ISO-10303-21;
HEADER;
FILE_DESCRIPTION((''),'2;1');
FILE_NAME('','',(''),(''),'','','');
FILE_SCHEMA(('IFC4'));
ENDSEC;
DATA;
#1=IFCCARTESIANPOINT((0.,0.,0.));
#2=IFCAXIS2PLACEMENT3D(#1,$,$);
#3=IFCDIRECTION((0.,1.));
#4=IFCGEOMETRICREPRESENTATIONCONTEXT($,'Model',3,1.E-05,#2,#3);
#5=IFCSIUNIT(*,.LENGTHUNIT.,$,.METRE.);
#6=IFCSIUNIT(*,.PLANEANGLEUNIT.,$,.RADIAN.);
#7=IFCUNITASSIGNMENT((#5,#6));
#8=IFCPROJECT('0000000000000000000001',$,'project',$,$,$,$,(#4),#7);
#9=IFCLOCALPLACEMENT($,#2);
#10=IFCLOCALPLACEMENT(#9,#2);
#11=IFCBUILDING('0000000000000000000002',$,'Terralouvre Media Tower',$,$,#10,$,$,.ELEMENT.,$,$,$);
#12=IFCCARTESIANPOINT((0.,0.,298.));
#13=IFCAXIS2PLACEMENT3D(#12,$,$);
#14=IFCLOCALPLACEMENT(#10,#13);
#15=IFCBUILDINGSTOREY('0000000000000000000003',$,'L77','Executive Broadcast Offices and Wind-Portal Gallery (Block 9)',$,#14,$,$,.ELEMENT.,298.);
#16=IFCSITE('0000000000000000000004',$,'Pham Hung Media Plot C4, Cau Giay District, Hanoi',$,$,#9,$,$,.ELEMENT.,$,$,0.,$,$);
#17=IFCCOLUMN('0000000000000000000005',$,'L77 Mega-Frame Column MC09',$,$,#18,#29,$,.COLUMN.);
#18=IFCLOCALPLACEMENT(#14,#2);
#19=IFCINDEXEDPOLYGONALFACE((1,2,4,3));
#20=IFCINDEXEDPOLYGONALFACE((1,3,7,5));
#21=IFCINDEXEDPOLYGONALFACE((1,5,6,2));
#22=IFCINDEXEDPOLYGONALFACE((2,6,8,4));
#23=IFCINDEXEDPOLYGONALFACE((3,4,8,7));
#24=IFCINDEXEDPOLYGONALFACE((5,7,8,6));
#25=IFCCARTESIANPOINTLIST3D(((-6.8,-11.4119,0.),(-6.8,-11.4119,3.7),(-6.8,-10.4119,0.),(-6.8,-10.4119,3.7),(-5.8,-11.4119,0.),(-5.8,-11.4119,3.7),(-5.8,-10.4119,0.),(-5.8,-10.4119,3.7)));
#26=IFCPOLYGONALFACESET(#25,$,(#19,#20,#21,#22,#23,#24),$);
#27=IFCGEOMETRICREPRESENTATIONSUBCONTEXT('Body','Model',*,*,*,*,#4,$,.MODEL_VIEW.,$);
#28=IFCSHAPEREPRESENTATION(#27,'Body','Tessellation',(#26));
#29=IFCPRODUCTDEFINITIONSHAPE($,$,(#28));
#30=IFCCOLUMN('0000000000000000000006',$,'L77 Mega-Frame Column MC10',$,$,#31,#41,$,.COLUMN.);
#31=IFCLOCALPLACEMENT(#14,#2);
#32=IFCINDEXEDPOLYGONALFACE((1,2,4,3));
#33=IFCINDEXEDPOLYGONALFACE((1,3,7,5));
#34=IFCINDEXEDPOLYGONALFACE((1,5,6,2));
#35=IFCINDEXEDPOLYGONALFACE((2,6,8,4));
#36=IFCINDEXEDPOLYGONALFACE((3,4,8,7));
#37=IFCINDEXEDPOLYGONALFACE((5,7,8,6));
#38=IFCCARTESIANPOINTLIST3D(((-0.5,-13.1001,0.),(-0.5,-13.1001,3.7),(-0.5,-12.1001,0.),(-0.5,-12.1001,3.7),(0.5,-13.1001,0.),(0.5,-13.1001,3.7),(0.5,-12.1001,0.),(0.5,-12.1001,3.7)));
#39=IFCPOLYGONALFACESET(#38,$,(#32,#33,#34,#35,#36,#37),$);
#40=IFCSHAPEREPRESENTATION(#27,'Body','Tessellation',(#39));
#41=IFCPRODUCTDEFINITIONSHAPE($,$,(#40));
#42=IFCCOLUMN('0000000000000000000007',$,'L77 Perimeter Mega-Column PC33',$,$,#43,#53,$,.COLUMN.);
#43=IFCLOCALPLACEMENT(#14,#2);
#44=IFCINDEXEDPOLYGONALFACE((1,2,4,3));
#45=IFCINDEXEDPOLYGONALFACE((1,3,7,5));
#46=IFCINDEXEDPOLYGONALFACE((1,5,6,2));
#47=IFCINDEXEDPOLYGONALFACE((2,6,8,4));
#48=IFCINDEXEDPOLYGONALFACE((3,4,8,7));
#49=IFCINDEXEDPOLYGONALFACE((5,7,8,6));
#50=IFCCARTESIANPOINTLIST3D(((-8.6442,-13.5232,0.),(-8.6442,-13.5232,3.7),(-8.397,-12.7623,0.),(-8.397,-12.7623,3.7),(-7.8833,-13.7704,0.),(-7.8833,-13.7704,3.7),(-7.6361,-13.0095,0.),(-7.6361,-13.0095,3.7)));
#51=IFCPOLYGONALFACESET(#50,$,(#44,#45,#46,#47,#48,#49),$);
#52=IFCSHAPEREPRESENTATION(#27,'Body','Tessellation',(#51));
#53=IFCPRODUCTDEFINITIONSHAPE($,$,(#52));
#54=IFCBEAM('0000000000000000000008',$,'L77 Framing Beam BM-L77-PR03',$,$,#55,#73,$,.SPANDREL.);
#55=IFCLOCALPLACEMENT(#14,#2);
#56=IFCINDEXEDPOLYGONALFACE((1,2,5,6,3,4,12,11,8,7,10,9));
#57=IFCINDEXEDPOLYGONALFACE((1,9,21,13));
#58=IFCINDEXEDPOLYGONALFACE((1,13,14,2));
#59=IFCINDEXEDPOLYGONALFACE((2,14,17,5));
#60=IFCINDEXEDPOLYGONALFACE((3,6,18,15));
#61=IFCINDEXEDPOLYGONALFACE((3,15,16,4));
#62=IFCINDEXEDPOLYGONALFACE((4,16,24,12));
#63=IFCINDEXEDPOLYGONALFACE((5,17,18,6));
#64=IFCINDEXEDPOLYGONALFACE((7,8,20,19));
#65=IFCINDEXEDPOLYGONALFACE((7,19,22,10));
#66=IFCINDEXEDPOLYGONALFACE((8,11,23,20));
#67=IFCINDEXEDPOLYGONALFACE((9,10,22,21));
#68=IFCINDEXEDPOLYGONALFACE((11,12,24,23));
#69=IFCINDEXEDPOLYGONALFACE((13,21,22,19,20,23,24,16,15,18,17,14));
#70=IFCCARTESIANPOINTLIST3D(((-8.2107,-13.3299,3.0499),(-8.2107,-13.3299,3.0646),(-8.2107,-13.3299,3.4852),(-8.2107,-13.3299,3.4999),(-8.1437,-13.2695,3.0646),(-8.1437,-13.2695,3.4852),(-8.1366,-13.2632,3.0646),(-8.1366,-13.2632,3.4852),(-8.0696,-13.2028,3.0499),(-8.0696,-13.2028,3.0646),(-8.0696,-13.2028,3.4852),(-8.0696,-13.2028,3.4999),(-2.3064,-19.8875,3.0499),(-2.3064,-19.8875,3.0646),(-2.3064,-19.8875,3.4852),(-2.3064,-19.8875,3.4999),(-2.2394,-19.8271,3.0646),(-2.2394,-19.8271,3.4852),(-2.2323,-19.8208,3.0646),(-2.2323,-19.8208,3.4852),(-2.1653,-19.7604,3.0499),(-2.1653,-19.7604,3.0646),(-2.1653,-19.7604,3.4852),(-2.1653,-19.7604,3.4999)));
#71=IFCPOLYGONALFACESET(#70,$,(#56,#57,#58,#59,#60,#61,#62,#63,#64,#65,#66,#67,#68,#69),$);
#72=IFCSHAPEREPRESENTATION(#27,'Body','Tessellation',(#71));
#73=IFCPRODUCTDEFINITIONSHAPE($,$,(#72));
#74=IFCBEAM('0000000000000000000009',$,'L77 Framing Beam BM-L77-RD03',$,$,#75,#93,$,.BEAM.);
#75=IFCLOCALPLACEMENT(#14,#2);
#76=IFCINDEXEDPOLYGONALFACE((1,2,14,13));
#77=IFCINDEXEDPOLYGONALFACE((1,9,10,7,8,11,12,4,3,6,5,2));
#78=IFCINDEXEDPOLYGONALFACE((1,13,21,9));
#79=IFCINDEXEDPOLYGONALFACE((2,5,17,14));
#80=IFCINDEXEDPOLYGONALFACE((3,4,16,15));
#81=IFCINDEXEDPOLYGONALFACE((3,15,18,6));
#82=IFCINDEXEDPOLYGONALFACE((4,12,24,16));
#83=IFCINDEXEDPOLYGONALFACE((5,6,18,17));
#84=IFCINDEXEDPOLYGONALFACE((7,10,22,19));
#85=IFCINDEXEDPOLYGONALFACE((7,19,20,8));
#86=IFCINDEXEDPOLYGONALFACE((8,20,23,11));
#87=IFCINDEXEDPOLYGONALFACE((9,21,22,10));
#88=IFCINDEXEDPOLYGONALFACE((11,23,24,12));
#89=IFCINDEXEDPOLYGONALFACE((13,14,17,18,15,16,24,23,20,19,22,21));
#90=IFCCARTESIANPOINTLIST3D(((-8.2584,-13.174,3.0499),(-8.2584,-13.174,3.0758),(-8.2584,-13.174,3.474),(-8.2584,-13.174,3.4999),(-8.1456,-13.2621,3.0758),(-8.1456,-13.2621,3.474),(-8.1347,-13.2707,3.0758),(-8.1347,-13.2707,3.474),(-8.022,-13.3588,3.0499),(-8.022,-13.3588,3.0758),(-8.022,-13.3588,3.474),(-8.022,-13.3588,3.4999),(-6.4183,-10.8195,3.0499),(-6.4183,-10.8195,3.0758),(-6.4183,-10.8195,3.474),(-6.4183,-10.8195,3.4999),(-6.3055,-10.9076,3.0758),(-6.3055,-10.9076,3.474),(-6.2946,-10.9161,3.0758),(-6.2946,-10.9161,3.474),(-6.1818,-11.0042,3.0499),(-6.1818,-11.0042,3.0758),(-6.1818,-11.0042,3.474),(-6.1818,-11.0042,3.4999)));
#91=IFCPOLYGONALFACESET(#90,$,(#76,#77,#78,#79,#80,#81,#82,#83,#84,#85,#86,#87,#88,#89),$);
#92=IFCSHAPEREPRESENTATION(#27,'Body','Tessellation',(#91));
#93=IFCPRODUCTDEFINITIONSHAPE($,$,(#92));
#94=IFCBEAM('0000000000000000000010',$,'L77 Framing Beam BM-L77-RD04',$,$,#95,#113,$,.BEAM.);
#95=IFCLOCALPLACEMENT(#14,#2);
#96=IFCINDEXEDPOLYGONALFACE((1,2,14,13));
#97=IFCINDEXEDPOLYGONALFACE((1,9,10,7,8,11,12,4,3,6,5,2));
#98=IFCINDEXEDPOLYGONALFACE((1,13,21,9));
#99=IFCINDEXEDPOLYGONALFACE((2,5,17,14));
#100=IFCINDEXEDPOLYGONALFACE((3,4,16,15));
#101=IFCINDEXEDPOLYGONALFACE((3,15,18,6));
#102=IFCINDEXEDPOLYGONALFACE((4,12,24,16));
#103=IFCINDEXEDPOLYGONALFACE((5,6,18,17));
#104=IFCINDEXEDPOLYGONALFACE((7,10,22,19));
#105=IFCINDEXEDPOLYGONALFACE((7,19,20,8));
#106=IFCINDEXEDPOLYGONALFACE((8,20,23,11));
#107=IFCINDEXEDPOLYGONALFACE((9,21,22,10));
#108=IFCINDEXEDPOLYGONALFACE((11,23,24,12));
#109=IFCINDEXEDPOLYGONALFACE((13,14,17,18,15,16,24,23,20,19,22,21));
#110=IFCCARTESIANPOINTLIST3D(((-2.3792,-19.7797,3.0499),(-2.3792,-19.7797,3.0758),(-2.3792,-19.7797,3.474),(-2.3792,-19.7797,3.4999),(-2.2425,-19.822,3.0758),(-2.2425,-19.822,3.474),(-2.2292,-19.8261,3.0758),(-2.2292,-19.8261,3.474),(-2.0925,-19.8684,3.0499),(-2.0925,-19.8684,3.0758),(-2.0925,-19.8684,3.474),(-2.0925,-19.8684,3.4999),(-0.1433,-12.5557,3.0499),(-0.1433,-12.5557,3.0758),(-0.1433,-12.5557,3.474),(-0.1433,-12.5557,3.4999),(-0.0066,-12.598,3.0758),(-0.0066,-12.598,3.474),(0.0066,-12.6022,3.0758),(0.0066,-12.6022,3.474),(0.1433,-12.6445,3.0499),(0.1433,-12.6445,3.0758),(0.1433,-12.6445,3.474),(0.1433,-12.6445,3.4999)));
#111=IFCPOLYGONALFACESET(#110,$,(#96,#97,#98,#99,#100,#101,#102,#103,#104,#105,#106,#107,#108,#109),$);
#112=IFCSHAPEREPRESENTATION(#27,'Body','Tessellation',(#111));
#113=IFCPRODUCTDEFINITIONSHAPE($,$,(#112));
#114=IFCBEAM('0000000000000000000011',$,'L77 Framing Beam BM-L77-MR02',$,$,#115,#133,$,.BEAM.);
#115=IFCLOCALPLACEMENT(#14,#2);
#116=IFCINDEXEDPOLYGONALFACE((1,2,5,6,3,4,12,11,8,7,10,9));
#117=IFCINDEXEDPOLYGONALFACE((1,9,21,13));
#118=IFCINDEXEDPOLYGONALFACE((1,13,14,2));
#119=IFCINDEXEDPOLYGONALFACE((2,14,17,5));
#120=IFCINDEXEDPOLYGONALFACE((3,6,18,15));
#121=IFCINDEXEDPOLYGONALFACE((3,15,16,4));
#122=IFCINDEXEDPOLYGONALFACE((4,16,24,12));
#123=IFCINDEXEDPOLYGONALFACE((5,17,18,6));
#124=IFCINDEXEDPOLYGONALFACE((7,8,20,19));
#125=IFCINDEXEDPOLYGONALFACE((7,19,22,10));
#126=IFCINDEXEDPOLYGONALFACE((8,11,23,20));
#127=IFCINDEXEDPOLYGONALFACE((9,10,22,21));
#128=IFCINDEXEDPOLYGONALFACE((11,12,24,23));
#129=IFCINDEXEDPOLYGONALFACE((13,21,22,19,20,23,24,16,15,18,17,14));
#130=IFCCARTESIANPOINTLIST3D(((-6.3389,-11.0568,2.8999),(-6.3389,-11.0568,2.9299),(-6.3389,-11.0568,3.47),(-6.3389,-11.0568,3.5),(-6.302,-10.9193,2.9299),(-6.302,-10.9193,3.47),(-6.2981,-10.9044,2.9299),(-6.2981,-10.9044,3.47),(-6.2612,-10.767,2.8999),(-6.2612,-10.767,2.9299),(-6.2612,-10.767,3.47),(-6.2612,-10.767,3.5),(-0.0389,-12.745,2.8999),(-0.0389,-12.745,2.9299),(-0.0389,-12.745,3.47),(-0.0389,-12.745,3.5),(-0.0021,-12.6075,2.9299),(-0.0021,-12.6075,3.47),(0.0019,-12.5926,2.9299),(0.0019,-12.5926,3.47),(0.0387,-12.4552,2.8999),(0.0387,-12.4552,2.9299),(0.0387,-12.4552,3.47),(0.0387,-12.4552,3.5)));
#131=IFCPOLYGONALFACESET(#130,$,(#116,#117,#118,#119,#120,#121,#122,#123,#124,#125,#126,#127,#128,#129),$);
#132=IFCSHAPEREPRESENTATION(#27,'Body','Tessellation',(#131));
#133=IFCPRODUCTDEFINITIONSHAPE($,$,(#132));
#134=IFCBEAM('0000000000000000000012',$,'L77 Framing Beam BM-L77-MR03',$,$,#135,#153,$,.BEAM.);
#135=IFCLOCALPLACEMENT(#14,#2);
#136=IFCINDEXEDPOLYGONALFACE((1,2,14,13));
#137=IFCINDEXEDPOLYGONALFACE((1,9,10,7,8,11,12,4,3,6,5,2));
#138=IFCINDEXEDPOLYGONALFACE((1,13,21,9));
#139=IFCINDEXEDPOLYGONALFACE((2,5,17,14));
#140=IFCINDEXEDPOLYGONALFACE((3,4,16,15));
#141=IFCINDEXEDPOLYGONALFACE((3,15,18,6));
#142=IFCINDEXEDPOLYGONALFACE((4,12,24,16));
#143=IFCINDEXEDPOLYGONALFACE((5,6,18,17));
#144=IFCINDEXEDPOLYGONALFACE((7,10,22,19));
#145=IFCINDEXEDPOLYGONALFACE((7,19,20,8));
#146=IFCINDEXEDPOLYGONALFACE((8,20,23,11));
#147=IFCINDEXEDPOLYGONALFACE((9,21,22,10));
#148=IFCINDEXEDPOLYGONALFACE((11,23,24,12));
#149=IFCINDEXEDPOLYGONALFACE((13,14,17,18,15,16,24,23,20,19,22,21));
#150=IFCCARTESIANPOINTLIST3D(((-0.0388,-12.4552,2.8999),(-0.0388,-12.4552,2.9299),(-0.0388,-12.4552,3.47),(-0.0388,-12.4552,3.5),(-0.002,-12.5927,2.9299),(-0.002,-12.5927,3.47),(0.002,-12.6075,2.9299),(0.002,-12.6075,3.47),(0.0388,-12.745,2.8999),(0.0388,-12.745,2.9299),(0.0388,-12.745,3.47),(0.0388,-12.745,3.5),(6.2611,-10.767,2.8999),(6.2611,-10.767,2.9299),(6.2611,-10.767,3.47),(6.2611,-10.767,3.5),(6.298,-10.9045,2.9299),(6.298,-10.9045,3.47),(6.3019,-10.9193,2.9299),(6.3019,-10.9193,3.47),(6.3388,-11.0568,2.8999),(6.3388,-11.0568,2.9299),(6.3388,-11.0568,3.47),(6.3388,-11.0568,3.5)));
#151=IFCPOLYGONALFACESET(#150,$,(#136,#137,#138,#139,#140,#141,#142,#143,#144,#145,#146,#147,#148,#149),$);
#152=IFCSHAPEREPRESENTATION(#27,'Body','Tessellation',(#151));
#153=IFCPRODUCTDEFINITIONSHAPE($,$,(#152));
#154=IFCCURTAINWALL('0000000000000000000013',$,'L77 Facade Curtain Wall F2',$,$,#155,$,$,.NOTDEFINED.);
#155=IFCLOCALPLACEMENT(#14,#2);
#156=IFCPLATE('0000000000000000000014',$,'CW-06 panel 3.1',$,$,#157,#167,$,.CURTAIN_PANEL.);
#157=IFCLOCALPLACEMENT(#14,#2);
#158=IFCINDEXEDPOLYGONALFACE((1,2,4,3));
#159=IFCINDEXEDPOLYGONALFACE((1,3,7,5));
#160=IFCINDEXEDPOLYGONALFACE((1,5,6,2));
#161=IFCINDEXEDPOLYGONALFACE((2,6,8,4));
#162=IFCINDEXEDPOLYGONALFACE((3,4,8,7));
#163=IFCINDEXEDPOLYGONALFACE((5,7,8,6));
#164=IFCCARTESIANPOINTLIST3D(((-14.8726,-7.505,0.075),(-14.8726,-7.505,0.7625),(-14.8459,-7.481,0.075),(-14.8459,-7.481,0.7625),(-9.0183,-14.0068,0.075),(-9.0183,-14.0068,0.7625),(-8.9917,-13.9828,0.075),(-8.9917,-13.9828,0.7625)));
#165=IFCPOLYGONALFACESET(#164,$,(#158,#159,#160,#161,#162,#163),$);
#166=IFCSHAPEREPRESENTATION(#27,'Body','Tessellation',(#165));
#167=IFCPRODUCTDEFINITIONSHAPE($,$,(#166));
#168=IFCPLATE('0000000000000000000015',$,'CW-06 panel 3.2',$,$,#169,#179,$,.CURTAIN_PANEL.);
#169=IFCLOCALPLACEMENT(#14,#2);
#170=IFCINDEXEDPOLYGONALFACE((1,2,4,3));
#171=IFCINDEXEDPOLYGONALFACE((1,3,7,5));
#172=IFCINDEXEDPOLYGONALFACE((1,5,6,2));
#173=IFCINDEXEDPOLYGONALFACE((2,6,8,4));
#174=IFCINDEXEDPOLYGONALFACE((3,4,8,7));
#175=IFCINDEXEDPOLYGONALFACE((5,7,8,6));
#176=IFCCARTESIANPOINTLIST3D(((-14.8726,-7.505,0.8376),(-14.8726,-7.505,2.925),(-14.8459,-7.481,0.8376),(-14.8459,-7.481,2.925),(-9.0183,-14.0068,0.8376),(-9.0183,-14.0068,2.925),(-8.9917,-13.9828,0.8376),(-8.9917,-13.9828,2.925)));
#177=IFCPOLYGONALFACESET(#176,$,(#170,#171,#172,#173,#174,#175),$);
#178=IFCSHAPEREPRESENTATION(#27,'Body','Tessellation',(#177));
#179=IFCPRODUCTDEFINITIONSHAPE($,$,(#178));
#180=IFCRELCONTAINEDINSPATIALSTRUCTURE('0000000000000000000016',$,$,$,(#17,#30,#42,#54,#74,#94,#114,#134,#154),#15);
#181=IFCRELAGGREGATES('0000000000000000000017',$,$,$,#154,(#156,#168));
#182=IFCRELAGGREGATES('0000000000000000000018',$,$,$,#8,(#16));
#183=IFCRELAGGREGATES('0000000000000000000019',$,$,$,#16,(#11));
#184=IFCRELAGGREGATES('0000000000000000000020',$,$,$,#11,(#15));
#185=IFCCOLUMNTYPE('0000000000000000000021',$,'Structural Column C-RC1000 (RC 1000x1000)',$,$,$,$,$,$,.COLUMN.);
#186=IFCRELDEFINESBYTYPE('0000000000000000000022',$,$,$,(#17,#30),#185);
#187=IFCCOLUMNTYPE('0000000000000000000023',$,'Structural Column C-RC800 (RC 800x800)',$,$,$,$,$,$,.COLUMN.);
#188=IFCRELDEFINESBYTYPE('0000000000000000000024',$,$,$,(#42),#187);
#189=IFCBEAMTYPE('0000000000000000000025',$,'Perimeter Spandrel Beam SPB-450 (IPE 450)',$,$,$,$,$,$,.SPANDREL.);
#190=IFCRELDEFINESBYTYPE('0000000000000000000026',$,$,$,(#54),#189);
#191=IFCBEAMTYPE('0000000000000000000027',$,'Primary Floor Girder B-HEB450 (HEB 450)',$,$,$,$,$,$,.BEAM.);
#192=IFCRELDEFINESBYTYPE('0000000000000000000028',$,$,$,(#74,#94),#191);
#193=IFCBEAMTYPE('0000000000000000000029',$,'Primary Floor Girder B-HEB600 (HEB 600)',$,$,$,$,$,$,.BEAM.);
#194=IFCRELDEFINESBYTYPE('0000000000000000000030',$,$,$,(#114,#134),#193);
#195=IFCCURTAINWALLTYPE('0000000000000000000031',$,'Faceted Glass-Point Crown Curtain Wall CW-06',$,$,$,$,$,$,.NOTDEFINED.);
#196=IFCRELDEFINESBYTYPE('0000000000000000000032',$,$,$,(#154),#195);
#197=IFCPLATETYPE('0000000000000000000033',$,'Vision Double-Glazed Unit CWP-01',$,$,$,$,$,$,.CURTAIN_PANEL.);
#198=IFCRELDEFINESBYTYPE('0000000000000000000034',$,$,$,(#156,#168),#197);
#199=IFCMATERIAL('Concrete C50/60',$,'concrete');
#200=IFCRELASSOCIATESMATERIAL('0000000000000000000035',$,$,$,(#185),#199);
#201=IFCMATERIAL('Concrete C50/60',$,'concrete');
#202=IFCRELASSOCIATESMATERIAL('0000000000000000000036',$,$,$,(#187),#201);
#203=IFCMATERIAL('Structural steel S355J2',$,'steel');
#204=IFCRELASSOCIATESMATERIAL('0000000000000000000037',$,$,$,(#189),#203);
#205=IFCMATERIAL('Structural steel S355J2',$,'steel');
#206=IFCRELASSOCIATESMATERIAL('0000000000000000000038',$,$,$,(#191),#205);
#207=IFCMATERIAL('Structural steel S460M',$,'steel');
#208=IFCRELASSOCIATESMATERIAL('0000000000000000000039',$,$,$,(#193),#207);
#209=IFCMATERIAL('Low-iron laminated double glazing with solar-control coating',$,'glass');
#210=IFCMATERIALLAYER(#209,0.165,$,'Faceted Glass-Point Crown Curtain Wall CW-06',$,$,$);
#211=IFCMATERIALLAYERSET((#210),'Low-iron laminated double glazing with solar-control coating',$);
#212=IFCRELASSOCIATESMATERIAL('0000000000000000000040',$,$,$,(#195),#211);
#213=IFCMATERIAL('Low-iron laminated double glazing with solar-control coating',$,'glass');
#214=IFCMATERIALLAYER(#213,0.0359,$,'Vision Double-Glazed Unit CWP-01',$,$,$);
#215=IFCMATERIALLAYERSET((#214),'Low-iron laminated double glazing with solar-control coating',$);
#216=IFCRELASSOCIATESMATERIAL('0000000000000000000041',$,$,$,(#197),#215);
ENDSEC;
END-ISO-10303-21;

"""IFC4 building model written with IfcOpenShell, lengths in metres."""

from ifc_helpers import new_model, si_unit, direction, frame, origin, origin_2d, place, context, subcontext, project, spatial, rectangle, i_section, extrude, material, layer, layer_set, material_profile, profile_set, type_object, element, aggregate, save


model = new_model("IFC4")

# Units and contexts
model_context = context("Model", 3, precision=1e-05, world=origin(), true_north=direction((0.0, 1.0)))
body_context = subcontext(model_context, "Body", "Model", "MODEL_VIEW")
ifc_project = project(units=[si_unit("LENGTHUNIT", "METRE"), si_unit("PLANEANGLEUNIT", "RADIAN")], contexts=[model_context])

# Site, building, storey
site_placement = place(None, origin())
site = spatial("IfcSite", under=ifc_project, at=site_placement, Name="Pham Hung Media Plot C4, Cau Giay District, Hanoi", CompositionType="ELEMENT", RefElevation=0.0)
building_placement = place(site_placement, origin())
building = spatial("IfcBuilding", under=site, at=building_placement, Name="Terralouvre Media Tower", CompositionType="ELEMENT")
storey_placement = place(building_placement, frame((0.0, 0.0, 298.0)))
storey = spatial("IfcBuildingStorey", under=building, at=storey_placement, Name="L77", Description="Executive Broadcast Offices and Wind-Portal Gallery (Block 9)", CompositionType="ELEMENT", Elevation=298.0)

# Columns
ifc_material_1 = material(Name="Concrete C50/60", Category="concrete")
ifc_material_profile_1 = material_profile(ifc_material_1, rectangle(XDim=1.0, YDim=1.0, at=origin_2d()), Name="RC 1000x1000")
ifc_profile_set_1 = profile_set([ifc_material_profile_1], Name="Concrete C50/60")
column_type_1 = type_object("IfcColumnType", Name="Structural Column C-RC1000 (RC 1000x1000)", PredefinedType="COLUMN", material=ifc_profile_set_1)
for number, where, z_axis, x_axis, name in (
    (1, (-6.3, -10.9119, 0.0), (0.0, 0.0, 1.0), (1.0, 0.0, 0.0), "L77 Mega-Frame Column MC09"),
    (2, (0.0, -12.6001, 0.0), (0.0, 0.0, 1.0), (1.0, 0.0, 0.0), "L77 Mega-Frame Column MC10"),
):
    element("IfcColumn", number, at=place(storey_placement, frame(where, z_axis=z_axis, x_axis=x_axis)), inside=storey, type_object=column_type_1, Name=name, PredefinedType="COLUMN", context=body_context, shape_type="SweptSolid", body=[
        extrude(rectangle(XDim=1.0, YDim=1.0, at=origin_2d()), origin(), (0.0, 0.0, 1.0), 3.7),
    ])
ifc_material_2 = material(Name="Concrete C50/60", Category="concrete")
ifc_material_profile_2 = material_profile(ifc_material_2, rectangle(XDim=0.8, YDim=0.8, at=origin_2d()), Name="RC 800x800")
ifc_profile_set_2 = profile_set([ifc_material_profile_2], Name="Concrete C50/60")
column_type_2 = type_object("IfcColumnType", Name="Structural Column C-RC800 (RC 800x800)", PredefinedType="COLUMN", material=ifc_profile_set_2)
column_placement = place(storey_placement, frame((-8.1401, -13.2664, 0.0), z_axis=(0.0, 0.0, 1.0), x_axis=(0.309017, 0.951057, 0.0)))
element("IfcColumn", 3, at=column_placement, inside=storey, type_object=column_type_2, Name="L77 Perimeter Mega-Column PC33", PredefinedType="COLUMN", context=body_context, shape_type="SweptSolid", body=[
    extrude(rectangle(XDim=0.8, YDim=0.8, at=origin_2d()), origin(), (0.0, 0.0, 1.0), 3.7),
])

# Beams
ifc_material_3 = material(Name="Structural steel S355J2", Category="steel")
ifc_material_profile_3 = material_profile(ifc_material_3, i_section(OverallWidth=0.1899, OverallDepth=0.45, WebThickness=0.0095, FlangeThickness=0.0146, at=origin_2d()), Name="IPE 450")
ifc_profile_set_3 = profile_set([ifc_material_profile_3], Name="Structural steel S355J2")
beam_type_1 = type_object("IfcBeamType", Name="Perimeter Spandrel Beam SPB-450 (IPE 450)", PredefinedType="SPANDREL", material=ifc_profile_set_3)
beam_1_placement = place(storey_placement, frame((-8.1401, -13.2664, 3.2749), z_axis=(0.669118, -0.743157, 0.0), x_axis=(0.743157, 0.669118, 0.0)))
element("IfcBeam", 4, at=beam_1_placement, inside=storey, type_object=beam_type_1, Name="L77 Framing Beam BM-L77-PR03", PredefinedType="SPANDREL", context=body_context, shape_type="SweptSolid", body=[
    extrude(i_section(OverallWidth=0.1899, OverallDepth=0.45, WebThickness=0.0095, FlangeThickness=0.0146, at=origin_2d()), origin(), (0.0, 0.0, 1.0), 8.824),
])
ifc_material_4 = material(Name="Structural steel S355J2", Category="steel")
ifc_material_profile_4 = material_profile(ifc_material_4, i_section(OverallWidth=0.3, OverallDepth=0.45, WebThickness=0.0139, FlangeThickness=0.0259, at=origin_2d()), Name="HEB 450")
ifc_profile_set_4 = profile_set([ifc_material_profile_4], Name="Structural steel S355J2")
beam_type_2 = type_object("IfcBeamType", Name="Primary Floor Girder B-HEB450 (HEB 450)", PredefinedType="BEAM", material=ifc_profile_set_4)
beam_2_placement = place(storey_placement, frame((-6.3, -10.9119, 3.2749), z_axis=(-0.615777, -0.78792, 0.0), x_axis=(0.78792, -0.615777, 0.0)))
element("IfcBeam", 5, at=beam_2_placement, inside=storey, type_object=beam_type_2, Name="L77 Framing Beam BM-L77-RD03", PredefinedType="BEAM", context=body_context, shape_type="SweptSolid", body=[
    extrude(i_section(OverallWidth=0.3, OverallDepth=0.45, WebThickness=0.0139, FlangeThickness=0.0259, at=origin_2d()), origin(), (0.0, 0.0, 1.0), 2.9883),
])
beam_3_placement = place(storey_placement, frame((0.0, -12.6001, 3.2749), z_axis=(-0.295669, -0.95529, 0.0), x_axis=(0.95529, -0.295669, 0.0)))
element("IfcBeam", 6, at=beam_3_placement, inside=storey, type_object=beam_type_2, Name="L77 Framing Beam BM-L77-RD04", PredefinedType="BEAM", context=body_context, shape_type="SweptSolid", body=[
    extrude(i_section(OverallWidth=0.3, OverallDepth=0.45, WebThickness=0.0139, FlangeThickness=0.0259, at=origin_2d()), origin(), (0.0, 0.0, 1.0), 7.562),
])
ifc_material_5 = material(Name="Structural steel S460M", Category="steel")
ifc_material_profile_5 = material_profile(ifc_material_5, i_section(OverallWidth=0.3, OverallDepth=0.6001, WebThickness=0.0154, FlangeThickness=0.03, at=origin_2d()), Name="HEB 600")
ifc_profile_set_5 = profile_set([ifc_material_profile_5], Name="Structural steel S460M")
beam_type_3 = type_object("IfcBeamType", Name="Primary Floor Girder B-HEB600 (HEB 600)", PredefinedType="BEAM", material=ifc_profile_set_5)
for number, where, z_axis, x_axis, name in (
    (7, (-6.3, -10.9119, 3.2), (0.96592, -0.258839, 0.0), (0.258839, 0.96592, 0.0), "L77 Framing Beam BM-L77-MR02"),
    (8, (0.0, -12.6001, 3.2), (0.96592, 0.258839, 0.0), (-0.258839, 0.96592, 0.0), "L77 Framing Beam BM-L77-MR03"),
):
    element("IfcBeam", number, at=place(storey_placement, frame(where, z_axis=z_axis, x_axis=x_axis)), inside=storey, type_object=beam_type_3, Name=name, PredefinedType="BEAM", context=body_context, shape_type="SweptSolid", body=[
        extrude(i_section(OverallWidth=0.3, OverallDepth=0.6001, WebThickness=0.0154, FlangeThickness=0.03, at=origin_2d()), origin(), (0.0, 0.0, 1.0), 6.5222),
    ])

# Curtain wall, plates
ifc_material_6 = material(Name="Low-iron laminated double glazing with solar-control coating", Category="glass")
ifc_layer_1 = layer(ifc_material_6, 0.165, Name="Faceted Glass-Point Crown Curtain Wall CW-06")
ifc_layer_set_1 = layer_set([ifc_layer_1], Name="Low-iron laminated double glazing with solar-control coating")
curtain_wall_type = type_object("IfcCurtainWallType", Name="Faceted Glass-Point Crown Curtain Wall CW-06", PredefinedType="NOTDEFINED", material=ifc_layer_set_1)
curtain_wall_placement = place(storey_placement, origin())
curtain_wall = element("IfcCurtainWall", 9, at=curtain_wall_placement, inside=storey, type_object=curtain_wall_type, Name="L77 Facade Curtain Wall F2", PredefinedType="NOTDEFINED")
ifc_material_7 = material(Name="Low-iron laminated double glazing with solar-control coating", Category="glass")
ifc_layer_2 = layer(ifc_material_7, 0.0359, Name="Vision Double-Glazed Unit CWP-01")
ifc_layer_set_2 = layer_set([ifc_layer_2], Name="Low-iron laminated double glazing with solar-control coating")
plate_type = type_object("IfcPlateType", Name="Vision Double-Glazed Unit CWP-01", PredefinedType="CURTAIN_PANEL", material=ifc_layer_set_2)
plate_1_placement = place(storey_placement, frame((-11.9321, -10.7439, 0.075), z_axis=(0.0, 0.0, 1.0), x_axis=(0.669131, -0.743145, 0.0)))
plate_1 = element("IfcPlate", 10, at=plate_1_placement, type_object=plate_type, Name="CW-06 panel 3.1", PredefinedType="CURTAIN_PANEL", context=body_context, shape_type="SweptSolid", body=[
    extrude(rectangle(XDim=8.749, YDim=0.0359, at=origin_2d()), origin(), (0.0, 0.0, 1.0), 0.6875),
])
plate_2_placement = place(storey_placement, frame((-11.9321, -10.7439, 0.8376), z_axis=(0.0, 0.0, 1.0), x_axis=(0.669131, -0.743145, 0.0)))
plate_2 = element("IfcPlate", 11, at=plate_2_placement, type_object=plate_type, Name="CW-06 panel 3.2", PredefinedType="CURTAIN_PANEL", context=body_context, shape_type="SweptSolid", body=[
    extrude(rectangle(XDim=8.749, YDim=0.0359, at=origin_2d()), origin(), (0.0, 0.0, 1.0), 2.0874),
])
aggregate(curtain_wall, [plate_1, plate_2])

save(model, "model.ifc")
